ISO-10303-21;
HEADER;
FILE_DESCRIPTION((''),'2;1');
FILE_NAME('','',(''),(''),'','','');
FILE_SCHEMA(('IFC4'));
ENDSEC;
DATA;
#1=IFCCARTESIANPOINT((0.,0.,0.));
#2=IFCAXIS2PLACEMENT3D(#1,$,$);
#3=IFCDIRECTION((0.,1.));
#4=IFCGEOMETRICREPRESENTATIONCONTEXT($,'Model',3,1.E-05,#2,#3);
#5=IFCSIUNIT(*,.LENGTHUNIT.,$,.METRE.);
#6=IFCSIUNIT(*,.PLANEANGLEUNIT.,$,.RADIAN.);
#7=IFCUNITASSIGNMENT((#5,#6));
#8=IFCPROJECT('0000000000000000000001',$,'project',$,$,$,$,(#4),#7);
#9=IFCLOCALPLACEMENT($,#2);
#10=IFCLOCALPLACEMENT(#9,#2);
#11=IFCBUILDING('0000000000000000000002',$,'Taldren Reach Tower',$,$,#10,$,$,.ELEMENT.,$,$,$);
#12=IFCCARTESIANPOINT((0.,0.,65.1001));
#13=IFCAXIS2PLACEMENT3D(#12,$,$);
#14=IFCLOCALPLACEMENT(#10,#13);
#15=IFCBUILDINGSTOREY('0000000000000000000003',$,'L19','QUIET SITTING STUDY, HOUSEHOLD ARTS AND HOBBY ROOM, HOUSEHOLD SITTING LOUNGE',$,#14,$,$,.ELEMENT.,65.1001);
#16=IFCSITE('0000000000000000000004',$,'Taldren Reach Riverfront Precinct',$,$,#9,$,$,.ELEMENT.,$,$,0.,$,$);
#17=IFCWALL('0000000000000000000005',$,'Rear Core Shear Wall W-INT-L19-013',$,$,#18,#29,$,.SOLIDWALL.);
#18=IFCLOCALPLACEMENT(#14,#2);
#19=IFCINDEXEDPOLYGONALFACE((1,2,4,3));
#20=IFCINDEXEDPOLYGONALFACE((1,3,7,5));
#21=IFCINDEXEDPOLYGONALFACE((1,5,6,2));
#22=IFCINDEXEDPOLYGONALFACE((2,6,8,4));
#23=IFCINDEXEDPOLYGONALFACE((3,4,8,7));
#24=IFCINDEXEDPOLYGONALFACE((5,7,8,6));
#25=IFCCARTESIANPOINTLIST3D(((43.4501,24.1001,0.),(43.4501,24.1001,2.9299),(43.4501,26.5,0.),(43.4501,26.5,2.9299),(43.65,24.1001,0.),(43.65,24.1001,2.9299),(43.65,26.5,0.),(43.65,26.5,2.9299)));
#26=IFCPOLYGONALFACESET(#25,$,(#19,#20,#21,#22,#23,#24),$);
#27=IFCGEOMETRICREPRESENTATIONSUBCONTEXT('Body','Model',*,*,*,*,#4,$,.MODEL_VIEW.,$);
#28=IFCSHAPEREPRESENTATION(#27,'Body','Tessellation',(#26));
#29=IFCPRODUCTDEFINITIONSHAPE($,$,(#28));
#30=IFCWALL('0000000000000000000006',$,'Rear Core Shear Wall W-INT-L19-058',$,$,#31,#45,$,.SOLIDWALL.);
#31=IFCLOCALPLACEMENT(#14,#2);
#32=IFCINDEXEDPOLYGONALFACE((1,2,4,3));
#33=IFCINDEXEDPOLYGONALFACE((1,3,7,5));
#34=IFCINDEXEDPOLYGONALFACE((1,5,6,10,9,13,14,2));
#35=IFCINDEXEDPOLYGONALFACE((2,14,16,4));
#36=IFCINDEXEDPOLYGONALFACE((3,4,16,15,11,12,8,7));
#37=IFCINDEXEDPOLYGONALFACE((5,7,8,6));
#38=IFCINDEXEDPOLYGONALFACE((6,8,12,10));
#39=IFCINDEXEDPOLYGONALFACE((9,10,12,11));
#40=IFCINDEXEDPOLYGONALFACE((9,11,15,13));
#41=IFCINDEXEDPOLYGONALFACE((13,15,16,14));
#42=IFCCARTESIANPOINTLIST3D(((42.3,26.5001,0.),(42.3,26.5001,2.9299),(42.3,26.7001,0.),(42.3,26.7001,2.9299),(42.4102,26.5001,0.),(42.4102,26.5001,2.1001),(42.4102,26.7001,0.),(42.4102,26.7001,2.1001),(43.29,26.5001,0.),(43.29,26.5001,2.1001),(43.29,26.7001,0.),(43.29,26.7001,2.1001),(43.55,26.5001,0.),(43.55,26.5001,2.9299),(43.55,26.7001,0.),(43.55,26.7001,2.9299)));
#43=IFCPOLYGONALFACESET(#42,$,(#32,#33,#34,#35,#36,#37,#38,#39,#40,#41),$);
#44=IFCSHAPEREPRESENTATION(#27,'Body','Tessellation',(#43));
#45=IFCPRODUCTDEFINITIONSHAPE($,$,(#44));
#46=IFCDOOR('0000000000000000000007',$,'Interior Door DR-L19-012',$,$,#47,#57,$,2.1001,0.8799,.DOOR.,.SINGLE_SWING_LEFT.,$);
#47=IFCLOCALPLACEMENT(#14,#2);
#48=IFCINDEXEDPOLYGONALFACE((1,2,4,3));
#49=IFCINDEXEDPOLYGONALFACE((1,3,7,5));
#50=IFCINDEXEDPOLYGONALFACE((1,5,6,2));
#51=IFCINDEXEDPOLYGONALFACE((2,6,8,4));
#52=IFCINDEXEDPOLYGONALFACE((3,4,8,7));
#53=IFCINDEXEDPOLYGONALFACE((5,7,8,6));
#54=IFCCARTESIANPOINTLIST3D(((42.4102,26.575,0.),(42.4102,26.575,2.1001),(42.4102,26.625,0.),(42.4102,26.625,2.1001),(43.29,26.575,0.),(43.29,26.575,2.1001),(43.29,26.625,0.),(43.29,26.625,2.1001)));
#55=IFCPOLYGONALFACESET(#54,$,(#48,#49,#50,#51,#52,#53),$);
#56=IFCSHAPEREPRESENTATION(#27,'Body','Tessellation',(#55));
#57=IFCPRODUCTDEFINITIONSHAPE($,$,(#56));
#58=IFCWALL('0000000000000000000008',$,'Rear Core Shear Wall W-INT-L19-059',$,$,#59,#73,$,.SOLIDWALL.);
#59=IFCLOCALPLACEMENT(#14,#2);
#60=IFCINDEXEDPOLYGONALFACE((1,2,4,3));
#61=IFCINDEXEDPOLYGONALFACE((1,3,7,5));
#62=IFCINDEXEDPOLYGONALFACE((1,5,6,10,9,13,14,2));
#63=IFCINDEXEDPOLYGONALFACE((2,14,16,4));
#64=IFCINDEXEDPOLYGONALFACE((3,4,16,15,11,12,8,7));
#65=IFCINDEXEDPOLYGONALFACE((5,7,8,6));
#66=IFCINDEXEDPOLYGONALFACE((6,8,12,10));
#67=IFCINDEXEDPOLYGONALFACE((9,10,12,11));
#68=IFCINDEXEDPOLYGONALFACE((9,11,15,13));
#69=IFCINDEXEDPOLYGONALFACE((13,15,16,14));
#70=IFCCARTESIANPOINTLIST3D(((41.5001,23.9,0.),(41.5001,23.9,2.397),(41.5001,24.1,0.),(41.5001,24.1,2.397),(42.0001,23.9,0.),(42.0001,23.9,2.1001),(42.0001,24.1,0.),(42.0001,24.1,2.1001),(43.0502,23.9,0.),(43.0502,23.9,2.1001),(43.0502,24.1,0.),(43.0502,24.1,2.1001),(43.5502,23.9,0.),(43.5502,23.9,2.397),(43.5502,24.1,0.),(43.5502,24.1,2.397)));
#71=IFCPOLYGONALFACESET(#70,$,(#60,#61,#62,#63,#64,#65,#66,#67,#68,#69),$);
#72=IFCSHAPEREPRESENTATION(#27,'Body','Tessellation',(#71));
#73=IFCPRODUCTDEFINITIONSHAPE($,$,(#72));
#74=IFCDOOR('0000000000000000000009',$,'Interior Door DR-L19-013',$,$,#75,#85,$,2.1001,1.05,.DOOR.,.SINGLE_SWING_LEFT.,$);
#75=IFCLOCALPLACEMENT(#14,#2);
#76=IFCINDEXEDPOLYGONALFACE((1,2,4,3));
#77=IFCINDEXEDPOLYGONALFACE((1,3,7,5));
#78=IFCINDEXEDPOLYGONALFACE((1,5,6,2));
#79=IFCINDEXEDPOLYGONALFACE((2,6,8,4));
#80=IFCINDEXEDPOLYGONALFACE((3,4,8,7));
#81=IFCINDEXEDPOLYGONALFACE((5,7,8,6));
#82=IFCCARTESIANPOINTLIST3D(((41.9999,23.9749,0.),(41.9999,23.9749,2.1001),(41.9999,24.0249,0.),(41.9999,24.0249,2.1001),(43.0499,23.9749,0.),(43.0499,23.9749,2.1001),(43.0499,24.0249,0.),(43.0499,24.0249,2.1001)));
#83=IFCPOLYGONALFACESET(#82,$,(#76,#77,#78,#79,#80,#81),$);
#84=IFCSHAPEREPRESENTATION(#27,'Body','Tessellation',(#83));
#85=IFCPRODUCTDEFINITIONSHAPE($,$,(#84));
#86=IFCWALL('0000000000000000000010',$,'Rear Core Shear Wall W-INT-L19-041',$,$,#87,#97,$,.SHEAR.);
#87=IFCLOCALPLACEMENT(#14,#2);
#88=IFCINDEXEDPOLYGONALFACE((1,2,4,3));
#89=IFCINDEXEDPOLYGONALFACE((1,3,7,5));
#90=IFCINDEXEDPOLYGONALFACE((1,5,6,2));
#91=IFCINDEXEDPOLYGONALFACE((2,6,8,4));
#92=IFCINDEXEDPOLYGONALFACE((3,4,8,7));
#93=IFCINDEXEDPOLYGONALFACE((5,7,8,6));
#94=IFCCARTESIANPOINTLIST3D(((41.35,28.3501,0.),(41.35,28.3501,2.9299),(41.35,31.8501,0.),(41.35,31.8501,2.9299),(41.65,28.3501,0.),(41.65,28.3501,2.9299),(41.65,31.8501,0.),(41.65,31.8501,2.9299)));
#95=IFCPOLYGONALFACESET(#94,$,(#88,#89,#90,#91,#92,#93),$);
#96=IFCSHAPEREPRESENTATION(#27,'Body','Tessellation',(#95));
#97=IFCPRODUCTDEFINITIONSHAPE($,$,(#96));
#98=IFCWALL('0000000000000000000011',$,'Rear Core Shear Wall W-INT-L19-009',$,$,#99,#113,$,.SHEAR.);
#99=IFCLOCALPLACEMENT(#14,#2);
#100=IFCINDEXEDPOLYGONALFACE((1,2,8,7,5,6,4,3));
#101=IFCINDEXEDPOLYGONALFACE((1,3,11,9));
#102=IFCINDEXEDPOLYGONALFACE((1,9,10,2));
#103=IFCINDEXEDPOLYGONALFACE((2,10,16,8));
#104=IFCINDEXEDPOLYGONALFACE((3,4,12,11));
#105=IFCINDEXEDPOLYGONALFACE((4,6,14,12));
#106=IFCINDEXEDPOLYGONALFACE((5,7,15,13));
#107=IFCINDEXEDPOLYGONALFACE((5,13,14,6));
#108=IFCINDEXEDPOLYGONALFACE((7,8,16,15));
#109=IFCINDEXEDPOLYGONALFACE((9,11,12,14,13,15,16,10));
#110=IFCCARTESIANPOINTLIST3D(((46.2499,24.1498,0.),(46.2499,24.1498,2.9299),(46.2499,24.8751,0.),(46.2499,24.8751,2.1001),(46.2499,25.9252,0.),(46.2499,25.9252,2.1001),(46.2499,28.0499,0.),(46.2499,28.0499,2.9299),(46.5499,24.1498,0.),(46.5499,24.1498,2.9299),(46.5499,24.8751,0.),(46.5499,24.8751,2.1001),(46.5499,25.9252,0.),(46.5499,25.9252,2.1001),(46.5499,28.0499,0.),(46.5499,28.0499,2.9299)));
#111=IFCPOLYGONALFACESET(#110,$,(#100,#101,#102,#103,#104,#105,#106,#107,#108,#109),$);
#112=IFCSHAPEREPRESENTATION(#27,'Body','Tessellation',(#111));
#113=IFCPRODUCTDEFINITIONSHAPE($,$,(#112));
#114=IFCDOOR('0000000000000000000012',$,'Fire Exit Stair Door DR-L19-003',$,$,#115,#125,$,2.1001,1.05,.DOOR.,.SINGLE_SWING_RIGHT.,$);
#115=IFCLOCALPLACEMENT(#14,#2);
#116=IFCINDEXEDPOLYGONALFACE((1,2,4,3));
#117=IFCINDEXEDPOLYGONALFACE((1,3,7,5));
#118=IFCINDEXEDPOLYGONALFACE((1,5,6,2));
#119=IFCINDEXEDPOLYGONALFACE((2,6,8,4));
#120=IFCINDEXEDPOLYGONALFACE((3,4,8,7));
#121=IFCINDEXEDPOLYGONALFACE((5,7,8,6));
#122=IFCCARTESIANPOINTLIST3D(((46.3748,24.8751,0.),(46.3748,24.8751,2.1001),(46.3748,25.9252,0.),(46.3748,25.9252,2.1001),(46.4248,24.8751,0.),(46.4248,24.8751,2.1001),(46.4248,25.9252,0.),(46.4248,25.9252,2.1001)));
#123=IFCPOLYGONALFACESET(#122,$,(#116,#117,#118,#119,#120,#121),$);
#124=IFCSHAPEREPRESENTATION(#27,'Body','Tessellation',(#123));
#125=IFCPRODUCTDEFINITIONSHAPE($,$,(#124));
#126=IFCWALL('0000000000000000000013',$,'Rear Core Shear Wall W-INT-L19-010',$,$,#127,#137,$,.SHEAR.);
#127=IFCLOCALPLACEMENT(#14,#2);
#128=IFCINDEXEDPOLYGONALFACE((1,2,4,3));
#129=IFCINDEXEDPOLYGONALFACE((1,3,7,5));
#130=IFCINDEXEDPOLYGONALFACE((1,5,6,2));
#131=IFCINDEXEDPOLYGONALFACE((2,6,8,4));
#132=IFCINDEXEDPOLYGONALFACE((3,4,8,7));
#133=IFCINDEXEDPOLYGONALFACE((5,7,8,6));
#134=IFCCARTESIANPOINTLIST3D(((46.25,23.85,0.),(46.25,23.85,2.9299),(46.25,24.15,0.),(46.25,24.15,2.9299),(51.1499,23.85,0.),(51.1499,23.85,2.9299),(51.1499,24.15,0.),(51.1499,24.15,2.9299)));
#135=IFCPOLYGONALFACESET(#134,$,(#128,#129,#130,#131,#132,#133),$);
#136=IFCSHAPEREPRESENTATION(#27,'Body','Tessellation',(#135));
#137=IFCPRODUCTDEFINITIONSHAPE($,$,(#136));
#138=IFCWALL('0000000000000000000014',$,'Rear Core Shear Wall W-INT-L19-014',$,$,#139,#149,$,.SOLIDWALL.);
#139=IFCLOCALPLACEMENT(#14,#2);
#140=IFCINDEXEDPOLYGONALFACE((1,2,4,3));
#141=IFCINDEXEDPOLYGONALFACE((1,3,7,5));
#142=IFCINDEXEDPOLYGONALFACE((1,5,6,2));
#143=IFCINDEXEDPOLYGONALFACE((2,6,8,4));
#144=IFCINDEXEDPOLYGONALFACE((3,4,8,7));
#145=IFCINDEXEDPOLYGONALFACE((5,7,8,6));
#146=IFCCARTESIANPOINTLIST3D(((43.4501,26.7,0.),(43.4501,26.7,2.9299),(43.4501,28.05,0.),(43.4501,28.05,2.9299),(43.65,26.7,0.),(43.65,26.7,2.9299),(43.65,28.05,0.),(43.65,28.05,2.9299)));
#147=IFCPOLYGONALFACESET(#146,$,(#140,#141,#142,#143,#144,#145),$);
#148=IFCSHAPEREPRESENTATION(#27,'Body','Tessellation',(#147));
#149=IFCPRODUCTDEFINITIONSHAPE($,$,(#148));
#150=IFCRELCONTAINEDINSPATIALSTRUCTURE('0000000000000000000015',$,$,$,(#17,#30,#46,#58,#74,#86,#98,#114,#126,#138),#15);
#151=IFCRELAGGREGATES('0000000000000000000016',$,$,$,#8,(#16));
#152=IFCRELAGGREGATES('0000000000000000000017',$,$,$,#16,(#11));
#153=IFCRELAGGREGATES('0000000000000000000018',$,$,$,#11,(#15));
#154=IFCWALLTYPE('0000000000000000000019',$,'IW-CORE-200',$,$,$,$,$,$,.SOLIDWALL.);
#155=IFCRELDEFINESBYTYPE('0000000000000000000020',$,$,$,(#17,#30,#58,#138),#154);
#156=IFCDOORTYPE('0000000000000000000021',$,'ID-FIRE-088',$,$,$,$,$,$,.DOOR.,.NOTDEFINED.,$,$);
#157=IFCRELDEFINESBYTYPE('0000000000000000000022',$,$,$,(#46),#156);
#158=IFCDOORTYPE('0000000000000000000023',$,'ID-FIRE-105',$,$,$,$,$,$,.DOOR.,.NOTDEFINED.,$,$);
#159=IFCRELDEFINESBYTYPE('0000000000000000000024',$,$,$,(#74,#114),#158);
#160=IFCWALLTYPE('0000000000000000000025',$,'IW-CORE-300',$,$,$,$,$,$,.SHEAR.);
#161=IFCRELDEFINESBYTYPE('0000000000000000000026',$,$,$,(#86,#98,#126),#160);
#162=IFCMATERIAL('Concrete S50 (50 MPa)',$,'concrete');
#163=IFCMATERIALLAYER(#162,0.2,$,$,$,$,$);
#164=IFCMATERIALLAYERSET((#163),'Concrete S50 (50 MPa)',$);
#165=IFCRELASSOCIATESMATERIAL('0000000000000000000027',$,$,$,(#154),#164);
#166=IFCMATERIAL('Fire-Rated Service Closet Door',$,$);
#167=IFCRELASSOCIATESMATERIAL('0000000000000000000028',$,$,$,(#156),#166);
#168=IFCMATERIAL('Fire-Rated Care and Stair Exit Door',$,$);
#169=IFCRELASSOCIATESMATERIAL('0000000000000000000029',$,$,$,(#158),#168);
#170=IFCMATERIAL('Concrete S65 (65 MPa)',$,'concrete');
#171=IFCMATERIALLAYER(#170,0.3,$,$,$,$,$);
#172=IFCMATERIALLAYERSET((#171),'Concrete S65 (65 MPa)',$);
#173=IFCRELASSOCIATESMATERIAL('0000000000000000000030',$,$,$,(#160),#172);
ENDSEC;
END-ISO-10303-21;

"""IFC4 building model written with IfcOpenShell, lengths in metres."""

from ifc_helpers import new_model, si_unit, direction, frame, frame_2d, origin, place, context, subcontext, project, spatial, rectangle, extrude, source, transform, mapped, material, layer, layer_set, type_object, element, fill, save


model = new_model("IFC4")

# Units and contexts
model_context = context("Model", 3, precision=1e-05, world=origin(), true_north=direction((0.0, 1.0)))
body_context = subcontext(model_context, "Body", "Model", "MODEL_VIEW")
ifc_project = project(units=[si_unit("LENGTHUNIT", "METRE"), si_unit("PLANEANGLEUNIT", "RADIAN")], contexts=[model_context])

# Site, building, storey
site_placement = place(None, origin())
site = spatial("IfcSite", under=ifc_project, at=site_placement, Name="Taldren Reach Riverfront Precinct", CompositionType="ELEMENT", RefElevation=0.0)
building_placement = place(site_placement, origin())
building = spatial("IfcBuilding", under=site, at=building_placement, Name="Taldren Reach Tower", CompositionType="ELEMENT")
storey_placement = place(building_placement, frame((0.0, 0.0, 65.1001)))
storey = spatial("IfcBuildingStorey", under=building, at=storey_placement, Name="L19", Description="QUIET SITTING STUDY, HOUSEHOLD ARTS AND HOBBY ROOM, HOUSEHOLD SITTING LOUNGE", CompositionType="ELEMENT", Elevation=65.1001)

# Wall
ifc_material_1 = material(Name="Concrete S50 (50 MPa)", Category="concrete")
ifc_layer_1 = layer(ifc_material_1, 0.2)
ifc_layer_set_1 = layer_set([ifc_layer_1], Name="Concrete S50 (50 MPa)")
wall_type_1 = type_object("IfcWallType", Name="IW-CORE-200", PredefinedType="SOLIDWALL", material=ifc_layer_set_1)
shared_shape_1 = source(origin(), body_context, "Body", "SweptSolid", [
    extrude(rectangle(XDim=2.3999, YDim=0.2, at=frame_2d((1.2, 0.0))), origin(), (0.0, 0.0, 1.0), 2.9299),
])
wall_1_placement = place(storey_placement, frame((43.55, 26.5, 0.0), z_axis=(0.0, 0.0, 1.0), x_axis=(0.0, -1.0, 0.0)))
element("IfcWall", 1, at=wall_1_placement, inside=storey, type_object=wall_type_1, Name="Rear Core Shear Wall W-INT-L19-013", PredefinedType="SOLIDWALL", context=body_context, shape_type="MappedRepresentation", body=[
    mapped(shared_shape_1, transform((0.0, 0.0, 0.0), scale=1.0)),
])

# Walls, openings, doors
shared_shape_2 = source(origin(), body_context, "Body", "SweptSolid", [
    extrude(rectangle(XDim=1.25, YDim=0.2, at=frame_2d((0.625, 0.0))), origin(), (0.0, 0.0, 1.0), 2.9299),
])
wall_2_placement = place(storey_placement, frame((42.3, 26.6001, 0.0), z_axis=(0.0, 0.0, 1.0), x_axis=(1.0, 0.0, 0.0)))
wall_2 = element("IfcWall", 2, at=wall_2_placement, inside=storey, type_object=wall_type_1, Name="Rear Core Shear Wall W-INT-L19-058", PredefinedType="SOLIDWALL", context=body_context, shape_type="MappedRepresentation", body=[
    mapped(shared_shape_2, transform((0.0, 0.0, 0.0), scale=1.0)),
])
shared_shape_3 = source(origin(), body_context, "Body", "SweptSolid", [
    extrude(rectangle(XDim=0.8799, YDim=2.1001, at=frame_2d((0.4399, 1.05))), frame((0.0, 0.1099, 0.0), z_axis=(0.0, -1.0, 0.0), x_axis=(1.0, 0.0, 0.0)), (0.0, 0.0, 1.0), 0.22),
])
opening_1_placement = place(wall_2_placement, frame((0.1101, 0.0, 0.0)))
opening_1 = element("IfcOpeningElement", 3, at=opening_1_placement, cuts=wall_2, PredefinedType="OPENING", context=body_context, shape_type="MappedRepresentation", body=[
    mapped(shared_shape_3, transform((0.0, 0.0, 0.0), scale=1.0)),
])
ifc_material_2 = material(Name="Fire-Rated Service Closet Door")
door_type_1 = type_object("IfcDoorType", Name="ID-FIRE-088", OperationType="NOTDEFINED", PredefinedType="DOOR", material=ifc_material_2)
shared_shape_4 = source(origin(), body_context, "Body", "SweptSolid", [
    extrude(rectangle(XDim=0.8799, YDim=2.1001, at=frame_2d((0.4399, 1.05))), frame((0.0, 0.0249, 0.0), z_axis=(0.0, -1.0, 0.0), x_axis=(1.0, 0.0, 0.0)), (0.0, 0.0, 1.0), 0.05),
])
door_1_placement = place(opening_1_placement, origin())
door_1 = element("IfcDoor", 4, at=door_1_placement, inside=storey, type_object=door_type_1, Name="Interior Door DR-L19-012", OperationType="SINGLE_SWING_LEFT", OverallHeight=2.1001, OverallWidth=0.8799, PredefinedType="DOOR", context=body_context, shape_type="MappedRepresentation", body=[
    mapped(shared_shape_4, transform((0.0, 0.0, 0.0), scale=1.0)),
])
fill(opening_1, door_1)
shared_shape_5 = source(origin(), body_context, "Body", "SweptSolid", [
    extrude(rectangle(XDim=2.05, YDim=0.2, at=frame_2d((1.0249, 0.0))), origin(), (0.0, 0.0, 1.0), 2.397),
])
wall_3_placement = place(storey_placement, frame((43.55, 24.0, 0.0), z_axis=(0.0, 0.0, 1.0), x_axis=(-1.0, 0.0, 0.0)))
wall_3 = element("IfcWall", 5, at=wall_3_placement, inside=storey, type_object=wall_type_1, Name="Rear Core Shear Wall W-INT-L19-059", PredefinedType="SOLIDWALL", context=body_context, shape_type="MappedRepresentation", body=[
    mapped(shared_shape_5, transform((0.0, 0.0, 0.0), scale=1.0)),
])
shared_shape_6 = source(origin(), body_context, "Body", "SweptSolid", [
    extrude(rectangle(XDim=1.05, YDim=2.1001, at=frame_2d((0.5249, 1.05))), frame((0.0, 0.1099, 0.0), z_axis=(0.0, -1.0, 0.0), x_axis=(1.0, 0.0, 0.0)), (0.0, 0.0, 1.0), 0.22),
])
opening_2_placement = place(wall_3_placement, frame((0.5, 0.0, 0.0)))
opening_2 = element("IfcOpeningElement", 6, at=opening_2_placement, cuts=wall_3, PredefinedType="OPENING", context=body_context, shape_type="MappedRepresentation", body=[
    mapped(shared_shape_6, transform((0.0, 0.0, 0.0), scale=1.0)),
])
ifc_material_3 = material(Name="Fire-Rated Care and Stair Exit Door")
door_type_2 = type_object("IfcDoorType", Name="ID-FIRE-105", OperationType="NOTDEFINED", PredefinedType="DOOR", material=ifc_material_3)
shared_shape_7 = source(origin(), body_context, "Body", "SweptSolid", [
    extrude(rectangle(XDim=1.05, YDim=2.1001, at=frame_2d((0.5249, 1.05))), frame((0.0, 0.0249, 0.0), z_axis=(0.0, -1.0, 0.0), x_axis=(1.0, 0.0, 0.0)), (0.0, 0.0, 1.0), 0.05),
])
door_2_placement = place(opening_2_placement, frame((1.05, 0.0, 0.0), z_axis=(0.0, 0.0, 1.0), x_axis=(-1.0, 0.0, 0.0)))
door_2 = element("IfcDoor", 7, at=door_2_placement, inside=storey, type_object=door_type_2, Name="Interior Door DR-L19-013", OperationType="SINGLE_SWING_LEFT", OverallHeight=2.1001, OverallWidth=1.05, PredefinedType="DOOR", context=body_context, shape_type="MappedRepresentation", body=[
    mapped(shared_shape_7, transform((0.0, 0.0, 0.0), scale=1.0)),
])
fill(opening_2, door_2)

# Wall
ifc_material_4 = material(Name="Concrete S65 (65 MPa)", Category="concrete")
ifc_layer_2 = layer(ifc_material_4, 0.3)
ifc_layer_set_2 = layer_set([ifc_layer_2], Name="Concrete S65 (65 MPa)")
wall_type_2 = type_object("IfcWallType", Name="IW-CORE-300", PredefinedType="SHEAR", material=ifc_layer_set_2)
shared_shape_8 = source(origin(), body_context, "Body", "SweptSolid", [
    extrude(rectangle(XDim=3.5, YDim=0.3, at=frame_2d((1.75, 0.0))), origin(), (0.0, 0.0, 1.0), 2.9299),
])
wall_4_placement = place(storey_placement, frame((41.5, 28.3501, 0.0), z_axis=(0.0, 0.0, 1.0), x_axis=(0.0, 1.0, 0.0)))
element("IfcWall", 8, at=wall_4_placement, inside=storey, type_object=wall_type_2, Name="Rear Core Shear Wall W-INT-L19-041", PredefinedType="SHEAR", context=body_context, shape_type="MappedRepresentation", body=[
    mapped(shared_shape_8, transform((0.0, 0.0, 0.0), scale=1.0)),
])

# Wall, opening, door
shared_shape_9 = source(origin(), body_context, "Body", "SweptSolid", [
    extrude(rectangle(XDim=3.9001, YDim=0.3, at=frame_2d((1.9502, 0.0))), origin(), (0.0, 0.0, 1.0), 2.9299),
])
wall_5_placement = place(storey_placement, frame((46.3999, 28.05, 0.0), z_axis=(0.0, 0.0, 1.0), x_axis=(0.0, -1.0, 0.0)))
wall_5 = element("IfcWall", 9, at=wall_5_placement, inside=storey, type_object=wall_type_2, Name="Rear Core Shear Wall W-INT-L19-009", PredefinedType="SHEAR", context=body_context, shape_type="MappedRepresentation", body=[
    mapped(shared_shape_9, transform((0.0, 0.0, 0.0), scale=1.0)),
])
shared_shape_10 = source(origin(), body_context, "Body", "SweptSolid", [
    extrude(rectangle(XDim=1.05, YDim=2.1001, at=frame_2d((0.5249, 1.05))), frame((0.0, 0.1602, 0.0), z_axis=(0.0, -1.0, 0.0), x_axis=(1.0, 0.0, 0.0)), (0.0, 0.0, 1.0), 0.3201),
])
opening_3_placement = place(wall_5_placement, frame((2.125, 0.0, 0.0)))
opening_3 = element("IfcOpeningElement", 10, at=opening_3_placement, cuts=wall_5, PredefinedType="OPENING", context=body_context, shape_type="MappedRepresentation", body=[
    mapped(shared_shape_10, transform((0.0, 0.0, 0.0), scale=1.0)),
])
door_3_placement = place(opening_3_placement, origin())
door_3 = element("IfcDoor", 11, at=door_3_placement, inside=storey, type_object=door_type_2, Name="Fire Exit Stair Door DR-L19-003", OperationType="SINGLE_SWING_RIGHT", OverallHeight=2.1001, OverallWidth=1.05, PredefinedType="DOOR", context=body_context, shape_type="MappedRepresentation", body=[
    mapped(shared_shape_7, transform((0.0, 0.0, 0.0), scale=1.0)),
])
fill(opening_3, door_3)

# Wall
shared_shape_11 = source(origin(), body_context, "Body", "SweptSolid", [
    extrude(rectangle(XDim=4.8999, YDim=0.3, at=frame_2d((2.45, 0.0))), origin(), (0.0, 0.0, 1.0), 2.9299),
])
wall_6_placement = place(storey_placement, frame((46.25, 24.0, 0.0), z_axis=(0.0, 0.0, 1.0), x_axis=(1.0, 0.0, 0.0)))
element("IfcWall", 12, at=wall_6_placement, inside=storey, type_object=wall_type_2, Name="Rear Core Shear Wall W-INT-L19-010", PredefinedType="SHEAR", context=body_context, shape_type="MappedRepresentation", body=[
    mapped(shared_shape_11, transform((0.0, 0.0, 0.0), scale=1.0)),
])

# Wall
shared_shape_12 = source(origin(), body_context, "Body", "SweptSolid", [
    extrude(rectangle(XDim=1.3501, YDim=0.2, at=frame_2d((0.675, 0.0))), origin(), (0.0, 0.0, 1.0), 2.9299),
])
wall_7_placement = place(storey_placement, frame((43.55, 28.05, 0.0), z_axis=(0.0, 0.0, 1.0), x_axis=(0.0, -1.0, 0.0)))
element("IfcWall", 13, at=wall_7_placement, inside=storey, type_object=wall_type_1, Name="Rear Core Shear Wall W-INT-L19-014", PredefinedType="SOLIDWALL", context=body_context, shape_type="MappedRepresentation", body=[
    mapped(shared_shape_12, transform((0.0, 0.0, 0.0), scale=1.0)),
])

save(model, "model.ifc")
